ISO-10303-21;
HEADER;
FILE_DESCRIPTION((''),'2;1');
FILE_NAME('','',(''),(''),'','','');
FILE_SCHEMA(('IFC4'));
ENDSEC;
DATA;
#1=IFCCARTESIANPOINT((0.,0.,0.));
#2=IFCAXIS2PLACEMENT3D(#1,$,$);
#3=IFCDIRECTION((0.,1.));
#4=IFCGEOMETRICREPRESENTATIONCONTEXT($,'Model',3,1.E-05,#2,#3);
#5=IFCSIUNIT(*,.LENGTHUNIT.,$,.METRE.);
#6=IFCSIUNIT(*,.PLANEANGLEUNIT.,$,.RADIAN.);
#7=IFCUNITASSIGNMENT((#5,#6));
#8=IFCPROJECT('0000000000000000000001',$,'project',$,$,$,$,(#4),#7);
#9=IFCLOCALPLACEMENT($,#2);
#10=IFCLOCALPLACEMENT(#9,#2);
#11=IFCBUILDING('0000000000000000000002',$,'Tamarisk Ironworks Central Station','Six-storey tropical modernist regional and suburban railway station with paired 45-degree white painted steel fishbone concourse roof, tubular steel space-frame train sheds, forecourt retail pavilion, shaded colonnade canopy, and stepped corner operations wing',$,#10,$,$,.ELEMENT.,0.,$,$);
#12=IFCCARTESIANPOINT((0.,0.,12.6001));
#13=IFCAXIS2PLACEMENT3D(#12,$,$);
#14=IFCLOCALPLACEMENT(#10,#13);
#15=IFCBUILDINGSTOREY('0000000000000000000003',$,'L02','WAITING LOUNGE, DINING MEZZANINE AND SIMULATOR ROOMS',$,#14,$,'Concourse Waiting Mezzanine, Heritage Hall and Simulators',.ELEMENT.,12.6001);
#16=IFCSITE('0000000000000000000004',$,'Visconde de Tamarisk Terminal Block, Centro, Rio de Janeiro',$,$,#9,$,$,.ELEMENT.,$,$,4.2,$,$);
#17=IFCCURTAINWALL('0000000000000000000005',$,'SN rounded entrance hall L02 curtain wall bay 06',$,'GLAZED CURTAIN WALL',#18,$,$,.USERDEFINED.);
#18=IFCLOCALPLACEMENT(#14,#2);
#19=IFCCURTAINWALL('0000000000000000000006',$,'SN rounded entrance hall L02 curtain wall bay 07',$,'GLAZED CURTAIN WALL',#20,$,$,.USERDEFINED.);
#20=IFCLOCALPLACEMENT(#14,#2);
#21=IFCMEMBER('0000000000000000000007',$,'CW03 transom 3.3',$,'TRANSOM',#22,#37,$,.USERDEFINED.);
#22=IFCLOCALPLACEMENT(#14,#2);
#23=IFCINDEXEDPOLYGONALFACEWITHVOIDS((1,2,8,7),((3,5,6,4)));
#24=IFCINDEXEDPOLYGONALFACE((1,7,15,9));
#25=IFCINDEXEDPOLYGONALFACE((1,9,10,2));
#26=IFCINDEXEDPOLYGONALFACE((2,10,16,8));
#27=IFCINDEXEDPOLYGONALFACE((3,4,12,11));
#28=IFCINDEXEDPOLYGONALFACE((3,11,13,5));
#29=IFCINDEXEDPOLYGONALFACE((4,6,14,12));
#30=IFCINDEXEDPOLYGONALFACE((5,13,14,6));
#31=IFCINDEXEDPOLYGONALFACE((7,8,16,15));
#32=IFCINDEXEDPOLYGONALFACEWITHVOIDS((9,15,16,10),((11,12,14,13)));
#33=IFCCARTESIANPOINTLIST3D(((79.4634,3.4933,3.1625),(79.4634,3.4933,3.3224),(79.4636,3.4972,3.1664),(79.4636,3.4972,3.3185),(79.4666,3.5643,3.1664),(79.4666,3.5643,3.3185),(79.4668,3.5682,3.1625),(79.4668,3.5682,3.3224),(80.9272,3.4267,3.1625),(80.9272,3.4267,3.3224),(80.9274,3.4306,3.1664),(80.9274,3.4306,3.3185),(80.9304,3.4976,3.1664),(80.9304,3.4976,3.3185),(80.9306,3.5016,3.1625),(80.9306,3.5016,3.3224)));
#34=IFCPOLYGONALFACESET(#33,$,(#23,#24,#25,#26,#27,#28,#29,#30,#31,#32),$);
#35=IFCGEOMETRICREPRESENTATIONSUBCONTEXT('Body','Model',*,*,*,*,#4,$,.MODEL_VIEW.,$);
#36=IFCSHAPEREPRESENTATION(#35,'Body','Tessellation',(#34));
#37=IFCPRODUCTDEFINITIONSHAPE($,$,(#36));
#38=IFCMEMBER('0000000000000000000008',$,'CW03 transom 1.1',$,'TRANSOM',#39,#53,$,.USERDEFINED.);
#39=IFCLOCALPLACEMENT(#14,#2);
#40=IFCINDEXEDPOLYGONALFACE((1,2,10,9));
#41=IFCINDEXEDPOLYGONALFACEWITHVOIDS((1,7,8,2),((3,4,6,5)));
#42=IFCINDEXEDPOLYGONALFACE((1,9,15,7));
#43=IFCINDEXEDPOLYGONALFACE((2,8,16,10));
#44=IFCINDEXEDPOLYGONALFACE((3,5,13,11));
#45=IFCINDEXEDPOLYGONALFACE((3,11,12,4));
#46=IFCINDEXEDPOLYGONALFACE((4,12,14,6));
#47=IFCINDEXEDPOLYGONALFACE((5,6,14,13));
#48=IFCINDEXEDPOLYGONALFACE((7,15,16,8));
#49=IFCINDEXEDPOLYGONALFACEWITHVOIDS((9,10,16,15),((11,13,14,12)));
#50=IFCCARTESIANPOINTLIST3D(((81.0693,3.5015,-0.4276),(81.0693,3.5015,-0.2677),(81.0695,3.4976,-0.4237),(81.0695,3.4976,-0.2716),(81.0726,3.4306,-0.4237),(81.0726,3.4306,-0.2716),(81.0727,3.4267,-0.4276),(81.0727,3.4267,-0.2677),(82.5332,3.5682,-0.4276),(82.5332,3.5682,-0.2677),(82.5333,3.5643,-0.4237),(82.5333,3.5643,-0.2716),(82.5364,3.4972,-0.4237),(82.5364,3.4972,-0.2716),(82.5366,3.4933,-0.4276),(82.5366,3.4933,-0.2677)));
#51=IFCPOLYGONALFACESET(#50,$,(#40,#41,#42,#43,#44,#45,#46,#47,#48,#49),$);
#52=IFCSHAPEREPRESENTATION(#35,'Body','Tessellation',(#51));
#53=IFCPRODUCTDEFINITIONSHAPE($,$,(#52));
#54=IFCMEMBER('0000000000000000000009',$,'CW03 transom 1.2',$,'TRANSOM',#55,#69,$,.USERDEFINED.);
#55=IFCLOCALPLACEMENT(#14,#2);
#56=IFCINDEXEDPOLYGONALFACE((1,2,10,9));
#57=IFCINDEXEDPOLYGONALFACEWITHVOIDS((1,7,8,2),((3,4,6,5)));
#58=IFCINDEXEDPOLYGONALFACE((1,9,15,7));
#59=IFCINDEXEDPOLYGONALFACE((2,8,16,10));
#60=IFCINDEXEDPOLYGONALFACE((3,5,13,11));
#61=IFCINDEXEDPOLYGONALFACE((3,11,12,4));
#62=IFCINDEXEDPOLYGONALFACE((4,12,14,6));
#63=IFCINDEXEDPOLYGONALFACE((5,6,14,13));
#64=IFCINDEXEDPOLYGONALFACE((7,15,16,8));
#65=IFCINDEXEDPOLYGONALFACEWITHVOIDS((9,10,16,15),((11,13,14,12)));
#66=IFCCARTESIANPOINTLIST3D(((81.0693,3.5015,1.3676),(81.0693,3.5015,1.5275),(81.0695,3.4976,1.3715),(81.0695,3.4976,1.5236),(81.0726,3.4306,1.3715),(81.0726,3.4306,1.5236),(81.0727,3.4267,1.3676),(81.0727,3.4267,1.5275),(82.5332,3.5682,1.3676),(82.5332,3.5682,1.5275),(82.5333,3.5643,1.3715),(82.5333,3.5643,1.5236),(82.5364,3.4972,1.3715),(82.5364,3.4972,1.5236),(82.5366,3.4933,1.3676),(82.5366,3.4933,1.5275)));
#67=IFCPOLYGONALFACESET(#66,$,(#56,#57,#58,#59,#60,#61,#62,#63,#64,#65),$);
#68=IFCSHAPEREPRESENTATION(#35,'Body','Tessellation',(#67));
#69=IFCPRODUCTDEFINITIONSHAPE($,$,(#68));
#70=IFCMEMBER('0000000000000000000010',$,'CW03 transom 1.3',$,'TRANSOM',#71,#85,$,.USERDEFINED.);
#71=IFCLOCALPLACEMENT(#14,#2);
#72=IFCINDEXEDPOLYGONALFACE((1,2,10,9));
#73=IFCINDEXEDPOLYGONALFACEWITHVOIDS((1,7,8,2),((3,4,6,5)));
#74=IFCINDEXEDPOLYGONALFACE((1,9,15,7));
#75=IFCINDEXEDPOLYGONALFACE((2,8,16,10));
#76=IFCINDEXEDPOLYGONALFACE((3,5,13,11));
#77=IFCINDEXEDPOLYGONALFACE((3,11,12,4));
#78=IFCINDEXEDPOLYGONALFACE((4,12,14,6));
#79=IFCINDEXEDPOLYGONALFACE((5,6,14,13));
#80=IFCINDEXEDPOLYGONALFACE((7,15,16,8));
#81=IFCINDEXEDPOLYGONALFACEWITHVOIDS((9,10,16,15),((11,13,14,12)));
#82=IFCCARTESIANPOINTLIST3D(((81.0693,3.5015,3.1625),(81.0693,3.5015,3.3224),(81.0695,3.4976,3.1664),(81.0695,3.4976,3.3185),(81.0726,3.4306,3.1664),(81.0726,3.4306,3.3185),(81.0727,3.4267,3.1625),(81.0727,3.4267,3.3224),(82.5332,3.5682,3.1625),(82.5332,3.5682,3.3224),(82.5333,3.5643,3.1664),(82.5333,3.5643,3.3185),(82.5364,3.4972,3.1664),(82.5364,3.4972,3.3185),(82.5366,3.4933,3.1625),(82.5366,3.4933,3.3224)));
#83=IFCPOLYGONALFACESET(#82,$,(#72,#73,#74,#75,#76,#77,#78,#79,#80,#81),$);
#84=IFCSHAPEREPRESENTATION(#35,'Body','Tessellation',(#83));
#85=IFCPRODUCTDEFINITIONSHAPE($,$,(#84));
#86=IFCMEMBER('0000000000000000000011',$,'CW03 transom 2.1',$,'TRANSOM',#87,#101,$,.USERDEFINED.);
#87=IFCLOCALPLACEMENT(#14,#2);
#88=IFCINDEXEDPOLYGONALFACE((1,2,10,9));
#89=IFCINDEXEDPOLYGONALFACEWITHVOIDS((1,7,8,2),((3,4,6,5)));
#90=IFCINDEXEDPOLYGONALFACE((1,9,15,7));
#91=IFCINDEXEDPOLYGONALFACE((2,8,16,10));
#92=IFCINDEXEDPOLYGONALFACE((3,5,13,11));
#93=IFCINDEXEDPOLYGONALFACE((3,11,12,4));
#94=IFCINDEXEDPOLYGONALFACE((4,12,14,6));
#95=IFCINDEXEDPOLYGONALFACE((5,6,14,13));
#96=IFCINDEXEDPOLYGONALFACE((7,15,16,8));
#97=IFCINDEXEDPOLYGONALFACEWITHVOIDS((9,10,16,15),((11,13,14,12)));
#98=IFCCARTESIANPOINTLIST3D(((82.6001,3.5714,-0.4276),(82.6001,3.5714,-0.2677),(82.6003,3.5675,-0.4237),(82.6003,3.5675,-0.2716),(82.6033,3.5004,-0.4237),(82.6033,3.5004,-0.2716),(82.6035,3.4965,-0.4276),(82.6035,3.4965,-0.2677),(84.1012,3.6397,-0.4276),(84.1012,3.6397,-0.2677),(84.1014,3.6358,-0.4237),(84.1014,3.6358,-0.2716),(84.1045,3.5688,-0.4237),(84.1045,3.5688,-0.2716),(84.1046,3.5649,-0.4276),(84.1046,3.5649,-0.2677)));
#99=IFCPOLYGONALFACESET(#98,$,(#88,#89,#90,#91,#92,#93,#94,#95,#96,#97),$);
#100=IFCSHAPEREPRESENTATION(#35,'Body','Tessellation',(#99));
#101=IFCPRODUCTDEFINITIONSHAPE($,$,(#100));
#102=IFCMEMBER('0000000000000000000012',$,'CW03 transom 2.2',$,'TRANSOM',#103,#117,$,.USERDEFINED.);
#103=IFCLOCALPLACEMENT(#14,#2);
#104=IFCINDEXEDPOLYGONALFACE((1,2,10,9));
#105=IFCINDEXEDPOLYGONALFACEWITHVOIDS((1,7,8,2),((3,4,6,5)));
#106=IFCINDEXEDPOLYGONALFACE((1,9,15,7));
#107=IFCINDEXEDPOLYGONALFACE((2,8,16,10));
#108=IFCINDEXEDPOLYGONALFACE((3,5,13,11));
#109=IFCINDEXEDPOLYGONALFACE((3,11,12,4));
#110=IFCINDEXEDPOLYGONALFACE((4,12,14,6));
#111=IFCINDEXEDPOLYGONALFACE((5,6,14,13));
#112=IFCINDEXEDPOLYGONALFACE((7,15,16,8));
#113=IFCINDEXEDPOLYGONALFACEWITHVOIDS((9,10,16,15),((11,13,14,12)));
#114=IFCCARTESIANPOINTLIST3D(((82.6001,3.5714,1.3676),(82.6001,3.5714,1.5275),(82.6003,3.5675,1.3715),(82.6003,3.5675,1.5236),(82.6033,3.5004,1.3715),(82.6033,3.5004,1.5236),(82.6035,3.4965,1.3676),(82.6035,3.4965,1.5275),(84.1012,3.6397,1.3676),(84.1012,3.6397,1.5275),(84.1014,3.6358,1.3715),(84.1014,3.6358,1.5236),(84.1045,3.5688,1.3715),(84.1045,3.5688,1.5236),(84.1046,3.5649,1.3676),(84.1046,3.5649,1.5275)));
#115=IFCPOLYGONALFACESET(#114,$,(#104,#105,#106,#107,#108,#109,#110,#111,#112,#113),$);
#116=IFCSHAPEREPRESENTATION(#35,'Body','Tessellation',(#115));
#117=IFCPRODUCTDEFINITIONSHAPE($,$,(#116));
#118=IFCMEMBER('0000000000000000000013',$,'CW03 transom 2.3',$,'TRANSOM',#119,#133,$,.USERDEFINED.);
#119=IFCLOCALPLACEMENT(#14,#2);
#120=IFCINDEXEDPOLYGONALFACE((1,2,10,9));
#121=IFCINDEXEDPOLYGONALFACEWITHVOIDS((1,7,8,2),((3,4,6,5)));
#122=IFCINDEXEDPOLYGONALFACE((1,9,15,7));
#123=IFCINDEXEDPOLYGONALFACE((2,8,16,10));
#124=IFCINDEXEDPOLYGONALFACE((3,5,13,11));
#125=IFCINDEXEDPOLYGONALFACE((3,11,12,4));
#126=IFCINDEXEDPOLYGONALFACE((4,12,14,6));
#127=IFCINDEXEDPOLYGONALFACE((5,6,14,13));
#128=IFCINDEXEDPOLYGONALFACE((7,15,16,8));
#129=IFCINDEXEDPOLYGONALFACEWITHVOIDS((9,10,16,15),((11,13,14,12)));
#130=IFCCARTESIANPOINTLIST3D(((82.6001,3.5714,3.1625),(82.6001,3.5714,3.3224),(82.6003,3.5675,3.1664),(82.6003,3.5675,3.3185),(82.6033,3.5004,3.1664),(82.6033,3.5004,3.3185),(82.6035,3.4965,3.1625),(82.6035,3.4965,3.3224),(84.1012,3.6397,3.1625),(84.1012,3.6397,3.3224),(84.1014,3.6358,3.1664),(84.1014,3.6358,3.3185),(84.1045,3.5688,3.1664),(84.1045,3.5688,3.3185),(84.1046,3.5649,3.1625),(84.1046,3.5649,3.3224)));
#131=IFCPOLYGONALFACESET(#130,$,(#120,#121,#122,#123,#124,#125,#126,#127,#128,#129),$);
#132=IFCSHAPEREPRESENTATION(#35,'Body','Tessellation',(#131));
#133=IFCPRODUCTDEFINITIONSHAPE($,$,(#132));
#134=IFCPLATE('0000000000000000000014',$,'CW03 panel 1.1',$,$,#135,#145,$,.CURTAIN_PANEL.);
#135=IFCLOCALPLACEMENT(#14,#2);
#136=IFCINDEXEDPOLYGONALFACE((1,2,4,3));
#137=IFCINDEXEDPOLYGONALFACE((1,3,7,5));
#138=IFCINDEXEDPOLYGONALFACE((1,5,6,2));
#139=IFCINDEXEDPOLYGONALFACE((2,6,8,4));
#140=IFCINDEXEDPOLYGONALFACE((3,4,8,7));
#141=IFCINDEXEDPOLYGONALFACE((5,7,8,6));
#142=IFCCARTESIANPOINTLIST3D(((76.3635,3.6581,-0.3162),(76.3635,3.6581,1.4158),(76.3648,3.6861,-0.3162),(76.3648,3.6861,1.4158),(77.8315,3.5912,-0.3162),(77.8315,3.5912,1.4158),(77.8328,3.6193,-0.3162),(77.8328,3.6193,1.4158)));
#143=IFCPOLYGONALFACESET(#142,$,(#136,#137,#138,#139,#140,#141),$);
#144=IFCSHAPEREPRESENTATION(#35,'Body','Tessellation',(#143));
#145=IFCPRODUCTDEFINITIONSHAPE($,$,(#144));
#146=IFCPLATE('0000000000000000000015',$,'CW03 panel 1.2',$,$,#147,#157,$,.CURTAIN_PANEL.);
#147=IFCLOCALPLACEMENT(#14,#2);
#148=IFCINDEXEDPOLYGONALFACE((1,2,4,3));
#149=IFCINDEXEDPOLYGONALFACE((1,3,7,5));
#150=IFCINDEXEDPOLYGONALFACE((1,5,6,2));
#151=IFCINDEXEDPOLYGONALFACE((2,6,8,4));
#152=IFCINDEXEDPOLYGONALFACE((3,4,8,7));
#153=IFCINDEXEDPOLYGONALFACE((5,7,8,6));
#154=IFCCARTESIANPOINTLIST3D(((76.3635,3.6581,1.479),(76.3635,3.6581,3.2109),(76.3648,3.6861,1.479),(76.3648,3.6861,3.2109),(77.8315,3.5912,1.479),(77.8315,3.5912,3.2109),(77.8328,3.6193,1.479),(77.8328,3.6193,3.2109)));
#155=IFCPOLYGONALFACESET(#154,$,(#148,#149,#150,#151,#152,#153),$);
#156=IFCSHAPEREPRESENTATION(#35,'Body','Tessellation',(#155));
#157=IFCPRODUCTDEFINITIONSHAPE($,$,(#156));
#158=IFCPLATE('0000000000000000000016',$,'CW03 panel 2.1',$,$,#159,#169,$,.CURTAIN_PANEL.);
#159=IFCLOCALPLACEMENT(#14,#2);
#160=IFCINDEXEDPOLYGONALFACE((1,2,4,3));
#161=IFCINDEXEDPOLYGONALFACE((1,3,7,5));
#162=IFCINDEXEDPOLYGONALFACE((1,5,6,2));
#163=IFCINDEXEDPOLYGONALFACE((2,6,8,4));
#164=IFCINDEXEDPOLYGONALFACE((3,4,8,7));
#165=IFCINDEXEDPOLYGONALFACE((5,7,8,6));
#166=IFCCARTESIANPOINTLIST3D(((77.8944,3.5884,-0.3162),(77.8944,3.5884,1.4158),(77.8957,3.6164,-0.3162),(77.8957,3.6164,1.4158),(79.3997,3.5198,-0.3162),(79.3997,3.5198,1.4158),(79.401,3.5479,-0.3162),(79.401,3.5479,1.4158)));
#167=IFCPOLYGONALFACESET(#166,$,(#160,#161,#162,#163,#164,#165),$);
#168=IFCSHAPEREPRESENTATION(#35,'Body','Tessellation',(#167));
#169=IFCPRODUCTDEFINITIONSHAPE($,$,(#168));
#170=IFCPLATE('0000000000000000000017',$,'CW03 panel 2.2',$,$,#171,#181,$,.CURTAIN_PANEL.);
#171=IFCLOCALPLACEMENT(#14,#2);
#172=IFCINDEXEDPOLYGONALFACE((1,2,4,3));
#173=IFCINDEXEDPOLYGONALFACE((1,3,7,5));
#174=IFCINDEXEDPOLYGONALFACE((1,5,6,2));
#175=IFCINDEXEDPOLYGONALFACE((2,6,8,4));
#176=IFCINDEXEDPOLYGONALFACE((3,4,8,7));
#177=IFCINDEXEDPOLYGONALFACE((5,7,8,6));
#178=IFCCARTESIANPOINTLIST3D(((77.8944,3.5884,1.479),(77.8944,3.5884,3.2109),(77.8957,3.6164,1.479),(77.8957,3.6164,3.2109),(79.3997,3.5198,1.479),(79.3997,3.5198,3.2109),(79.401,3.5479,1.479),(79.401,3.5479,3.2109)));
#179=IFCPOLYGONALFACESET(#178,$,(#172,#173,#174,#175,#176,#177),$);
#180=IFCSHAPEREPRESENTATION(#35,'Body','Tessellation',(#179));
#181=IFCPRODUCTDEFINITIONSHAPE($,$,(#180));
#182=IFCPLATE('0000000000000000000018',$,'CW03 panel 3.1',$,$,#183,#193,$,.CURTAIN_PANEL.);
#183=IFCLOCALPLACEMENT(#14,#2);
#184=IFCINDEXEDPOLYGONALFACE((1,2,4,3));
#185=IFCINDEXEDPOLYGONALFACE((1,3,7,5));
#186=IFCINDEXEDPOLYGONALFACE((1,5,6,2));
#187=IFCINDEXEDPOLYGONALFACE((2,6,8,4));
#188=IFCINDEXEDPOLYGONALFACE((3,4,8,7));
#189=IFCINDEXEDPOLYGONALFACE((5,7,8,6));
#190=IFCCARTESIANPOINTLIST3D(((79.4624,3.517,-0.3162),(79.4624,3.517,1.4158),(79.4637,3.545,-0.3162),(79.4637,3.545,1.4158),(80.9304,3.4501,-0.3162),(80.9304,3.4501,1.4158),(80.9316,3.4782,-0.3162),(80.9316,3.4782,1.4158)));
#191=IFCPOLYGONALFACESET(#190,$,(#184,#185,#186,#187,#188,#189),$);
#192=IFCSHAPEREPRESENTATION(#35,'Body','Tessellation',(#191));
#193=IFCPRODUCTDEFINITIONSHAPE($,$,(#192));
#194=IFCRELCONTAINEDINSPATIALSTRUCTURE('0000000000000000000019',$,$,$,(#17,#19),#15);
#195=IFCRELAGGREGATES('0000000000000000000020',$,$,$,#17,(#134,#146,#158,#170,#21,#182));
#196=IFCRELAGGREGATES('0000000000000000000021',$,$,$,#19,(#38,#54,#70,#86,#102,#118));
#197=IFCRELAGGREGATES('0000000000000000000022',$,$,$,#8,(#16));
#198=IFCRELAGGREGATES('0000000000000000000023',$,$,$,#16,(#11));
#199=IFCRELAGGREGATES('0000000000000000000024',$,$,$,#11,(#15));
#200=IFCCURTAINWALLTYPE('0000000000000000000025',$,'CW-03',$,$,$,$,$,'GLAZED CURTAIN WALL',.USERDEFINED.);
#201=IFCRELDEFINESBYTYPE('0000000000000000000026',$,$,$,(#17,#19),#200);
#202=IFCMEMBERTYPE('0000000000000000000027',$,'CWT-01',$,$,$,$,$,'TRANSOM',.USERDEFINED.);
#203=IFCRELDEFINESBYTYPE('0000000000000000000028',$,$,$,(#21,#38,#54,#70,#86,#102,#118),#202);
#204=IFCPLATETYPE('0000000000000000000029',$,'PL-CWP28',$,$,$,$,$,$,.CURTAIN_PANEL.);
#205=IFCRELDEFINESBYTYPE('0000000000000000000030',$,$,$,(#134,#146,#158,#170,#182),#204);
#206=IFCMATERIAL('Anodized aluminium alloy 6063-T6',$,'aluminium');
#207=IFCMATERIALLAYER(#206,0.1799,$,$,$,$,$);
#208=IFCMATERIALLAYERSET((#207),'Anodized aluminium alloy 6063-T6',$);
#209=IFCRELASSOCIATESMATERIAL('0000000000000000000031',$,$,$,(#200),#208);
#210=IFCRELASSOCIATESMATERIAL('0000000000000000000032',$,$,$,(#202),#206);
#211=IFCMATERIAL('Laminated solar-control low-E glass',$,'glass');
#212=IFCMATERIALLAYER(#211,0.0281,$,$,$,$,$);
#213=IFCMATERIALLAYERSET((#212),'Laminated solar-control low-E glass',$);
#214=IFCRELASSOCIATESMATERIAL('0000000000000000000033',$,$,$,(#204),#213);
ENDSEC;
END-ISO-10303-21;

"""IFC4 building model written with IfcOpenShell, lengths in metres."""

from ifc_helpers import new_model, si_unit, direction, frame, origin, origin_2d, place, context, subcontext, project, spatial, rectangle, hollow_rectangle, extrude, material, layer, layer_set, material_profile, profile_set, type_object, element, aggregate, save


model = new_model("IFC4")

# Units and contexts
model_context = context("Model", 3, precision=1e-05, world=origin(), true_north=direction((0.0, 1.0)))
body_context = subcontext(model_context, "Body", "Model", "MODEL_VIEW")
ifc_project = project(units=[si_unit("LENGTHUNIT", "METRE"), si_unit("PLANEANGLEUNIT", "RADIAN")], contexts=[model_context])

# Site, building, storey
site_placement = place(None, origin())
site = spatial("IfcSite", under=ifc_project, at=site_placement, Name="Visconde de Tamarisk Terminal Block, Centro, Rio de Janeiro", CompositionType="ELEMENT", RefElevation=4.2)
building_placement = place(site_placement, origin())
building = spatial("IfcBuilding", under=site, at=building_placement, Name="Tamarisk Ironworks Central Station", Description="Six-storey tropical modernist regional and suburban railway station with paired 45-degree white painted steel fishbone concourse roof, tubular steel space-frame train sheds, forecourt retail pavilion, shaded colonnade canopy, and stepped corner operations wing", CompositionType="ELEMENT", ElevationOfRefHeight=0.0)
storey_placement = place(building_placement, frame((0.0, 0.0, 12.6001)))
storey = spatial("IfcBuildingStorey", under=building, at=storey_placement, Name="L02", Description="WAITING LOUNGE, DINING MEZZANINE AND SIMULATOR ROOMS", LongName="Concourse Waiting Mezzanine, Heritage Hall and Simulators", CompositionType="ELEMENT", Elevation=12.6001)

# Curtain walls
ifc_material_1 = material(Name="Anodized aluminium alloy 6063-T6", Category="aluminium")
ifc_layer_1 = layer(ifc_material_1, 0.1799)
ifc_layer_set_1 = layer_set([ifc_layer_1], Name="Anodized aluminium alloy 6063-T6")
curtain_wall_type = type_object("IfcCurtainWallType", Name="CW-03", ElementType="GLAZED CURTAIN WALL", PredefinedType="USERDEFINED", material=ifc_layer_set_1)
curtain_wall_1_placement = place(storey_placement, origin())
curtain_wall_1 = element("IfcCurtainWall", 1, at=curtain_wall_1_placement, inside=storey, type_object=curtain_wall_type, Name="SN rounded entrance hall L02 curtain wall bay 06", ObjectType="GLAZED CURTAIN WALL", PredefinedType="USERDEFINED")
curtain_wall_2_placement = place(storey_placement, origin())
curtain_wall_2 = element("IfcCurtainWall", 2, at=curtain_wall_2_placement, inside=storey, type_object=curtain_wall_type, Name="SN rounded entrance hall L02 curtain wall bay 07", ObjectType="GLAZED CURTAIN WALL", PredefinedType="USERDEFINED")

# Members
ifc_material_profile_1 = material_profile(ifc_material_1, hollow_rectangle(XDim=0.075, YDim=0.1599, WallThickness=0.0039, at=origin_2d()), Name="ALUM 160x75")
ifc_profile_set_1 = profile_set([ifc_material_profile_1], Name="Anodized aluminium alloy 6063-T6")
member_type_1 = type_object("IfcMemberType", Name="CWT-01", ElementType="TRANSOM", PredefinedType="USERDEFINED", material=ifc_profile_set_1)
member_1_placement = place(storey_placement, frame((79.4651, 3.5308, 3.2424), z_axis=(0.998965, -0.045483, 0.0), x_axis=(0.045483, 0.998965, 0.0)))
member_1 = element("IfcMember", 3, at=member_1_placement, type_object=member_type_1, Name="CW03 transom 3.3", ObjectType="TRANSOM", PredefinedType="USERDEFINED", context=body_context, shape_type="SweptSolid", body=[
    extrude(hollow_rectangle(XDim=0.075, YDim=0.1599, WallThickness=0.0039, at=origin_2d()), origin(), (0.0, 0.0, 1.0), 1.4653),
])
member_2_placement = place(storey_placement, frame((81.071, 3.4641, -0.3477), z_axis=(0.998965, 0.045483, 0.0), x_axis=(-0.045483, 0.998965, 0.0)))
member_2 = element("IfcMember", 4, at=member_2_placement, type_object=member_type_1, Name="CW03 transom 1.1", ObjectType="TRANSOM", PredefinedType="USERDEFINED", context=body_context, shape_type="SweptSolid", body=[
    extrude(hollow_rectangle(XDim=0.075, YDim=0.1599, WallThickness=0.0039, at=origin_2d()), origin(), (0.0, 0.0, 1.0), 1.4653),
])
member_3_placement = place(storey_placement, frame((81.071, 3.4641, 1.4475), z_axis=(0.998965, 0.045483, 0.0), x_axis=(-0.045483, 0.998965, 0.0)))
member_3 = element("IfcMember", 5, at=member_3_placement, type_object=member_type_1, Name="CW03 transom 1.2", ObjectType="TRANSOM", PredefinedType="USERDEFINED", context=body_context, shape_type="SweptSolid", body=[
    extrude(hollow_rectangle(XDim=0.075, YDim=0.1599, WallThickness=0.0039, at=origin_2d()), origin(), (0.0, 0.0, 1.0), 1.4653),
])
member_4_placement = place(storey_placement, frame((81.071, 3.4641, 3.2424), z_axis=(0.998965, 0.045483, 0.0), x_axis=(-0.045483, 0.998965, 0.0)))
member_4 = element("IfcMember", 6, at=member_4_placement, type_object=member_type_1, Name="CW03 transom 1.3", ObjectType="TRANSOM", PredefinedType="USERDEFINED", context=body_context, shape_type="SweptSolid", body=[
    extrude(hollow_rectangle(XDim=0.075, YDim=0.1599, WallThickness=0.0039, at=origin_2d()), origin(), (0.0, 0.0, 1.0), 1.4653),
])
member_5_placement = place(storey_placement, frame((82.6018, 3.5339, -0.3477), z_axis=(0.998965, 0.045489, 0.0), x_axis=(-0.045489, 0.998965, 0.0)))
member_5 = element("IfcMember", 7, at=member_5_placement, type_object=member_type_1, Name="CW03 transom 2.1", ObjectType="TRANSOM", PredefinedType="USERDEFINED", context=body_context, shape_type="SweptSolid", body=[
    extrude(hollow_rectangle(XDim=0.075, YDim=0.1599, WallThickness=0.0039, at=origin_2d()), origin(), (0.0, 0.0, 1.0), 1.5027),
])
member_6_placement = place(storey_placement, frame((82.6018, 3.5339, 1.4475), z_axis=(0.998965, 0.045489, 0.0), x_axis=(-0.045489, 0.998965, 0.0)))
member_6 = element("IfcMember", 8, at=member_6_placement, type_object=member_type_1, Name="CW03 transom 2.2", ObjectType="TRANSOM", PredefinedType="USERDEFINED", context=body_context, shape_type="SweptSolid", body=[
    extrude(hollow_rectangle(XDim=0.075, YDim=0.1599, WallThickness=0.0039, at=origin_2d()), origin(), (0.0, 0.0, 1.0), 1.5027),
])
member_7_placement = place(storey_placement, frame((82.6018, 3.5339, 3.2424), z_axis=(0.998965, 0.045489, 0.0), x_axis=(-0.045489, 0.998965, 0.0)))
member_7 = element("IfcMember", 9, at=member_7_placement, type_object=member_type_1, Name="CW03 transom 2.3", ObjectType="TRANSOM", PredefinedType="USERDEFINED", context=body_context, shape_type="SweptSolid", body=[
    extrude(hollow_rectangle(XDim=0.075, YDim=0.1599, WallThickness=0.0039, at=origin_2d()), origin(), (0.0, 0.0, 1.0), 1.5027),
])

# Plates
ifc_material_2 = material(Name="Laminated solar-control low-E glass", Category="glass")
ifc_layer_2 = layer(ifc_material_2, 0.0281)
ifc_layer_set_2 = layer_set([ifc_layer_2], Name="Laminated solar-control low-E glass")
plate_type = type_object("IfcPlateType", Name="PL-CWP28", PredefinedType="CURTAIN_PANEL", material=ifc_layer_set_2)
plate_1_placement = place(storey_placement, frame((77.0981, 3.6387, -0.3162), z_axis=(0.0, 0.0, 1.0), x_axis=(0.998965, -0.045481, 0.0)))
plate_1 = element("IfcPlate", 10, at=plate_1_placement, type_object=plate_type, Name="CW03 panel 1.1", PredefinedType="CURTAIN_PANEL", context=body_context, shape_type="SweptSolid", body=[
    extrude(rectangle(XDim=1.4695, YDim=0.0281, at=origin_2d()), origin(), (0.0, 0.0, 1.0), 1.7319),
])
plate_2_placement = place(storey_placement, frame((77.0981, 3.6387, 1.479), z_axis=(0.0, 0.0, 1.0), x_axis=(0.998965, -0.045481, 0.0)))
plate_2 = element("IfcPlate", 11, at=plate_2_placement, type_object=plate_type, Name="CW03 panel 1.2", PredefinedType="CURTAIN_PANEL", context=body_context, shape_type="SweptSolid", body=[
    extrude(rectangle(XDim=1.4695, YDim=0.0281, at=origin_2d()), origin(), (0.0, 0.0, 1.0), 1.7319),
])
plate_3_placement = place(storey_placement, frame((78.6477, 3.5681, -0.3162), z_axis=(0.0, 0.0, 1.0), x_axis=(0.998965, -0.045481, 0.0)))
plate_3 = element("IfcPlate", 12, at=plate_3_placement, type_object=plate_type, Name="CW03 panel 2.1", PredefinedType="CURTAIN_PANEL", context=body_context, shape_type="SweptSolid", body=[
    extrude(rectangle(XDim=1.5068, YDim=0.0281, at=origin_2d()), origin(), (0.0, 0.0, 1.0), 1.7319),
])
plate_4_placement = place(storey_placement, frame((78.6477, 3.5681, 1.479), z_axis=(0.0, 0.0, 1.0), x_axis=(0.998965, -0.045481, 0.0)))
plate_4 = element("IfcPlate", 13, at=plate_4_placement, type_object=plate_type, Name="CW03 panel 2.2", PredefinedType="CURTAIN_PANEL", context=body_context, shape_type="SweptSolid", body=[
    extrude(rectangle(XDim=1.5068, YDim=0.0281, at=origin_2d()), origin(), (0.0, 0.0, 1.0), 1.7319),
])
plate_5_placement = place(storey_placement, frame((80.197, 3.4976, -0.3162), z_axis=(0.0, 0.0, 1.0), x_axis=(0.998965, -0.045481, 0.0)))
plate_5 = element("IfcPlate", 14, at=plate_5_placement, type_object=plate_type, Name="CW03 panel 3.1", PredefinedType="CURTAIN_PANEL", context=body_context, shape_type="SweptSolid", body=[
    extrude(rectangle(XDim=1.4695, YDim=0.0281, at=origin_2d()), origin(), (0.0, 0.0, 1.0), 1.7319),
])
aggregate(curtain_wall_1, [plate_1, plate_2, plate_3, plate_4, member_1, plate_5])
aggregate(curtain_wall_2, [member_2, member_3, member_4, member_5, member_6, member_7])

save(model, "model.ifc")
